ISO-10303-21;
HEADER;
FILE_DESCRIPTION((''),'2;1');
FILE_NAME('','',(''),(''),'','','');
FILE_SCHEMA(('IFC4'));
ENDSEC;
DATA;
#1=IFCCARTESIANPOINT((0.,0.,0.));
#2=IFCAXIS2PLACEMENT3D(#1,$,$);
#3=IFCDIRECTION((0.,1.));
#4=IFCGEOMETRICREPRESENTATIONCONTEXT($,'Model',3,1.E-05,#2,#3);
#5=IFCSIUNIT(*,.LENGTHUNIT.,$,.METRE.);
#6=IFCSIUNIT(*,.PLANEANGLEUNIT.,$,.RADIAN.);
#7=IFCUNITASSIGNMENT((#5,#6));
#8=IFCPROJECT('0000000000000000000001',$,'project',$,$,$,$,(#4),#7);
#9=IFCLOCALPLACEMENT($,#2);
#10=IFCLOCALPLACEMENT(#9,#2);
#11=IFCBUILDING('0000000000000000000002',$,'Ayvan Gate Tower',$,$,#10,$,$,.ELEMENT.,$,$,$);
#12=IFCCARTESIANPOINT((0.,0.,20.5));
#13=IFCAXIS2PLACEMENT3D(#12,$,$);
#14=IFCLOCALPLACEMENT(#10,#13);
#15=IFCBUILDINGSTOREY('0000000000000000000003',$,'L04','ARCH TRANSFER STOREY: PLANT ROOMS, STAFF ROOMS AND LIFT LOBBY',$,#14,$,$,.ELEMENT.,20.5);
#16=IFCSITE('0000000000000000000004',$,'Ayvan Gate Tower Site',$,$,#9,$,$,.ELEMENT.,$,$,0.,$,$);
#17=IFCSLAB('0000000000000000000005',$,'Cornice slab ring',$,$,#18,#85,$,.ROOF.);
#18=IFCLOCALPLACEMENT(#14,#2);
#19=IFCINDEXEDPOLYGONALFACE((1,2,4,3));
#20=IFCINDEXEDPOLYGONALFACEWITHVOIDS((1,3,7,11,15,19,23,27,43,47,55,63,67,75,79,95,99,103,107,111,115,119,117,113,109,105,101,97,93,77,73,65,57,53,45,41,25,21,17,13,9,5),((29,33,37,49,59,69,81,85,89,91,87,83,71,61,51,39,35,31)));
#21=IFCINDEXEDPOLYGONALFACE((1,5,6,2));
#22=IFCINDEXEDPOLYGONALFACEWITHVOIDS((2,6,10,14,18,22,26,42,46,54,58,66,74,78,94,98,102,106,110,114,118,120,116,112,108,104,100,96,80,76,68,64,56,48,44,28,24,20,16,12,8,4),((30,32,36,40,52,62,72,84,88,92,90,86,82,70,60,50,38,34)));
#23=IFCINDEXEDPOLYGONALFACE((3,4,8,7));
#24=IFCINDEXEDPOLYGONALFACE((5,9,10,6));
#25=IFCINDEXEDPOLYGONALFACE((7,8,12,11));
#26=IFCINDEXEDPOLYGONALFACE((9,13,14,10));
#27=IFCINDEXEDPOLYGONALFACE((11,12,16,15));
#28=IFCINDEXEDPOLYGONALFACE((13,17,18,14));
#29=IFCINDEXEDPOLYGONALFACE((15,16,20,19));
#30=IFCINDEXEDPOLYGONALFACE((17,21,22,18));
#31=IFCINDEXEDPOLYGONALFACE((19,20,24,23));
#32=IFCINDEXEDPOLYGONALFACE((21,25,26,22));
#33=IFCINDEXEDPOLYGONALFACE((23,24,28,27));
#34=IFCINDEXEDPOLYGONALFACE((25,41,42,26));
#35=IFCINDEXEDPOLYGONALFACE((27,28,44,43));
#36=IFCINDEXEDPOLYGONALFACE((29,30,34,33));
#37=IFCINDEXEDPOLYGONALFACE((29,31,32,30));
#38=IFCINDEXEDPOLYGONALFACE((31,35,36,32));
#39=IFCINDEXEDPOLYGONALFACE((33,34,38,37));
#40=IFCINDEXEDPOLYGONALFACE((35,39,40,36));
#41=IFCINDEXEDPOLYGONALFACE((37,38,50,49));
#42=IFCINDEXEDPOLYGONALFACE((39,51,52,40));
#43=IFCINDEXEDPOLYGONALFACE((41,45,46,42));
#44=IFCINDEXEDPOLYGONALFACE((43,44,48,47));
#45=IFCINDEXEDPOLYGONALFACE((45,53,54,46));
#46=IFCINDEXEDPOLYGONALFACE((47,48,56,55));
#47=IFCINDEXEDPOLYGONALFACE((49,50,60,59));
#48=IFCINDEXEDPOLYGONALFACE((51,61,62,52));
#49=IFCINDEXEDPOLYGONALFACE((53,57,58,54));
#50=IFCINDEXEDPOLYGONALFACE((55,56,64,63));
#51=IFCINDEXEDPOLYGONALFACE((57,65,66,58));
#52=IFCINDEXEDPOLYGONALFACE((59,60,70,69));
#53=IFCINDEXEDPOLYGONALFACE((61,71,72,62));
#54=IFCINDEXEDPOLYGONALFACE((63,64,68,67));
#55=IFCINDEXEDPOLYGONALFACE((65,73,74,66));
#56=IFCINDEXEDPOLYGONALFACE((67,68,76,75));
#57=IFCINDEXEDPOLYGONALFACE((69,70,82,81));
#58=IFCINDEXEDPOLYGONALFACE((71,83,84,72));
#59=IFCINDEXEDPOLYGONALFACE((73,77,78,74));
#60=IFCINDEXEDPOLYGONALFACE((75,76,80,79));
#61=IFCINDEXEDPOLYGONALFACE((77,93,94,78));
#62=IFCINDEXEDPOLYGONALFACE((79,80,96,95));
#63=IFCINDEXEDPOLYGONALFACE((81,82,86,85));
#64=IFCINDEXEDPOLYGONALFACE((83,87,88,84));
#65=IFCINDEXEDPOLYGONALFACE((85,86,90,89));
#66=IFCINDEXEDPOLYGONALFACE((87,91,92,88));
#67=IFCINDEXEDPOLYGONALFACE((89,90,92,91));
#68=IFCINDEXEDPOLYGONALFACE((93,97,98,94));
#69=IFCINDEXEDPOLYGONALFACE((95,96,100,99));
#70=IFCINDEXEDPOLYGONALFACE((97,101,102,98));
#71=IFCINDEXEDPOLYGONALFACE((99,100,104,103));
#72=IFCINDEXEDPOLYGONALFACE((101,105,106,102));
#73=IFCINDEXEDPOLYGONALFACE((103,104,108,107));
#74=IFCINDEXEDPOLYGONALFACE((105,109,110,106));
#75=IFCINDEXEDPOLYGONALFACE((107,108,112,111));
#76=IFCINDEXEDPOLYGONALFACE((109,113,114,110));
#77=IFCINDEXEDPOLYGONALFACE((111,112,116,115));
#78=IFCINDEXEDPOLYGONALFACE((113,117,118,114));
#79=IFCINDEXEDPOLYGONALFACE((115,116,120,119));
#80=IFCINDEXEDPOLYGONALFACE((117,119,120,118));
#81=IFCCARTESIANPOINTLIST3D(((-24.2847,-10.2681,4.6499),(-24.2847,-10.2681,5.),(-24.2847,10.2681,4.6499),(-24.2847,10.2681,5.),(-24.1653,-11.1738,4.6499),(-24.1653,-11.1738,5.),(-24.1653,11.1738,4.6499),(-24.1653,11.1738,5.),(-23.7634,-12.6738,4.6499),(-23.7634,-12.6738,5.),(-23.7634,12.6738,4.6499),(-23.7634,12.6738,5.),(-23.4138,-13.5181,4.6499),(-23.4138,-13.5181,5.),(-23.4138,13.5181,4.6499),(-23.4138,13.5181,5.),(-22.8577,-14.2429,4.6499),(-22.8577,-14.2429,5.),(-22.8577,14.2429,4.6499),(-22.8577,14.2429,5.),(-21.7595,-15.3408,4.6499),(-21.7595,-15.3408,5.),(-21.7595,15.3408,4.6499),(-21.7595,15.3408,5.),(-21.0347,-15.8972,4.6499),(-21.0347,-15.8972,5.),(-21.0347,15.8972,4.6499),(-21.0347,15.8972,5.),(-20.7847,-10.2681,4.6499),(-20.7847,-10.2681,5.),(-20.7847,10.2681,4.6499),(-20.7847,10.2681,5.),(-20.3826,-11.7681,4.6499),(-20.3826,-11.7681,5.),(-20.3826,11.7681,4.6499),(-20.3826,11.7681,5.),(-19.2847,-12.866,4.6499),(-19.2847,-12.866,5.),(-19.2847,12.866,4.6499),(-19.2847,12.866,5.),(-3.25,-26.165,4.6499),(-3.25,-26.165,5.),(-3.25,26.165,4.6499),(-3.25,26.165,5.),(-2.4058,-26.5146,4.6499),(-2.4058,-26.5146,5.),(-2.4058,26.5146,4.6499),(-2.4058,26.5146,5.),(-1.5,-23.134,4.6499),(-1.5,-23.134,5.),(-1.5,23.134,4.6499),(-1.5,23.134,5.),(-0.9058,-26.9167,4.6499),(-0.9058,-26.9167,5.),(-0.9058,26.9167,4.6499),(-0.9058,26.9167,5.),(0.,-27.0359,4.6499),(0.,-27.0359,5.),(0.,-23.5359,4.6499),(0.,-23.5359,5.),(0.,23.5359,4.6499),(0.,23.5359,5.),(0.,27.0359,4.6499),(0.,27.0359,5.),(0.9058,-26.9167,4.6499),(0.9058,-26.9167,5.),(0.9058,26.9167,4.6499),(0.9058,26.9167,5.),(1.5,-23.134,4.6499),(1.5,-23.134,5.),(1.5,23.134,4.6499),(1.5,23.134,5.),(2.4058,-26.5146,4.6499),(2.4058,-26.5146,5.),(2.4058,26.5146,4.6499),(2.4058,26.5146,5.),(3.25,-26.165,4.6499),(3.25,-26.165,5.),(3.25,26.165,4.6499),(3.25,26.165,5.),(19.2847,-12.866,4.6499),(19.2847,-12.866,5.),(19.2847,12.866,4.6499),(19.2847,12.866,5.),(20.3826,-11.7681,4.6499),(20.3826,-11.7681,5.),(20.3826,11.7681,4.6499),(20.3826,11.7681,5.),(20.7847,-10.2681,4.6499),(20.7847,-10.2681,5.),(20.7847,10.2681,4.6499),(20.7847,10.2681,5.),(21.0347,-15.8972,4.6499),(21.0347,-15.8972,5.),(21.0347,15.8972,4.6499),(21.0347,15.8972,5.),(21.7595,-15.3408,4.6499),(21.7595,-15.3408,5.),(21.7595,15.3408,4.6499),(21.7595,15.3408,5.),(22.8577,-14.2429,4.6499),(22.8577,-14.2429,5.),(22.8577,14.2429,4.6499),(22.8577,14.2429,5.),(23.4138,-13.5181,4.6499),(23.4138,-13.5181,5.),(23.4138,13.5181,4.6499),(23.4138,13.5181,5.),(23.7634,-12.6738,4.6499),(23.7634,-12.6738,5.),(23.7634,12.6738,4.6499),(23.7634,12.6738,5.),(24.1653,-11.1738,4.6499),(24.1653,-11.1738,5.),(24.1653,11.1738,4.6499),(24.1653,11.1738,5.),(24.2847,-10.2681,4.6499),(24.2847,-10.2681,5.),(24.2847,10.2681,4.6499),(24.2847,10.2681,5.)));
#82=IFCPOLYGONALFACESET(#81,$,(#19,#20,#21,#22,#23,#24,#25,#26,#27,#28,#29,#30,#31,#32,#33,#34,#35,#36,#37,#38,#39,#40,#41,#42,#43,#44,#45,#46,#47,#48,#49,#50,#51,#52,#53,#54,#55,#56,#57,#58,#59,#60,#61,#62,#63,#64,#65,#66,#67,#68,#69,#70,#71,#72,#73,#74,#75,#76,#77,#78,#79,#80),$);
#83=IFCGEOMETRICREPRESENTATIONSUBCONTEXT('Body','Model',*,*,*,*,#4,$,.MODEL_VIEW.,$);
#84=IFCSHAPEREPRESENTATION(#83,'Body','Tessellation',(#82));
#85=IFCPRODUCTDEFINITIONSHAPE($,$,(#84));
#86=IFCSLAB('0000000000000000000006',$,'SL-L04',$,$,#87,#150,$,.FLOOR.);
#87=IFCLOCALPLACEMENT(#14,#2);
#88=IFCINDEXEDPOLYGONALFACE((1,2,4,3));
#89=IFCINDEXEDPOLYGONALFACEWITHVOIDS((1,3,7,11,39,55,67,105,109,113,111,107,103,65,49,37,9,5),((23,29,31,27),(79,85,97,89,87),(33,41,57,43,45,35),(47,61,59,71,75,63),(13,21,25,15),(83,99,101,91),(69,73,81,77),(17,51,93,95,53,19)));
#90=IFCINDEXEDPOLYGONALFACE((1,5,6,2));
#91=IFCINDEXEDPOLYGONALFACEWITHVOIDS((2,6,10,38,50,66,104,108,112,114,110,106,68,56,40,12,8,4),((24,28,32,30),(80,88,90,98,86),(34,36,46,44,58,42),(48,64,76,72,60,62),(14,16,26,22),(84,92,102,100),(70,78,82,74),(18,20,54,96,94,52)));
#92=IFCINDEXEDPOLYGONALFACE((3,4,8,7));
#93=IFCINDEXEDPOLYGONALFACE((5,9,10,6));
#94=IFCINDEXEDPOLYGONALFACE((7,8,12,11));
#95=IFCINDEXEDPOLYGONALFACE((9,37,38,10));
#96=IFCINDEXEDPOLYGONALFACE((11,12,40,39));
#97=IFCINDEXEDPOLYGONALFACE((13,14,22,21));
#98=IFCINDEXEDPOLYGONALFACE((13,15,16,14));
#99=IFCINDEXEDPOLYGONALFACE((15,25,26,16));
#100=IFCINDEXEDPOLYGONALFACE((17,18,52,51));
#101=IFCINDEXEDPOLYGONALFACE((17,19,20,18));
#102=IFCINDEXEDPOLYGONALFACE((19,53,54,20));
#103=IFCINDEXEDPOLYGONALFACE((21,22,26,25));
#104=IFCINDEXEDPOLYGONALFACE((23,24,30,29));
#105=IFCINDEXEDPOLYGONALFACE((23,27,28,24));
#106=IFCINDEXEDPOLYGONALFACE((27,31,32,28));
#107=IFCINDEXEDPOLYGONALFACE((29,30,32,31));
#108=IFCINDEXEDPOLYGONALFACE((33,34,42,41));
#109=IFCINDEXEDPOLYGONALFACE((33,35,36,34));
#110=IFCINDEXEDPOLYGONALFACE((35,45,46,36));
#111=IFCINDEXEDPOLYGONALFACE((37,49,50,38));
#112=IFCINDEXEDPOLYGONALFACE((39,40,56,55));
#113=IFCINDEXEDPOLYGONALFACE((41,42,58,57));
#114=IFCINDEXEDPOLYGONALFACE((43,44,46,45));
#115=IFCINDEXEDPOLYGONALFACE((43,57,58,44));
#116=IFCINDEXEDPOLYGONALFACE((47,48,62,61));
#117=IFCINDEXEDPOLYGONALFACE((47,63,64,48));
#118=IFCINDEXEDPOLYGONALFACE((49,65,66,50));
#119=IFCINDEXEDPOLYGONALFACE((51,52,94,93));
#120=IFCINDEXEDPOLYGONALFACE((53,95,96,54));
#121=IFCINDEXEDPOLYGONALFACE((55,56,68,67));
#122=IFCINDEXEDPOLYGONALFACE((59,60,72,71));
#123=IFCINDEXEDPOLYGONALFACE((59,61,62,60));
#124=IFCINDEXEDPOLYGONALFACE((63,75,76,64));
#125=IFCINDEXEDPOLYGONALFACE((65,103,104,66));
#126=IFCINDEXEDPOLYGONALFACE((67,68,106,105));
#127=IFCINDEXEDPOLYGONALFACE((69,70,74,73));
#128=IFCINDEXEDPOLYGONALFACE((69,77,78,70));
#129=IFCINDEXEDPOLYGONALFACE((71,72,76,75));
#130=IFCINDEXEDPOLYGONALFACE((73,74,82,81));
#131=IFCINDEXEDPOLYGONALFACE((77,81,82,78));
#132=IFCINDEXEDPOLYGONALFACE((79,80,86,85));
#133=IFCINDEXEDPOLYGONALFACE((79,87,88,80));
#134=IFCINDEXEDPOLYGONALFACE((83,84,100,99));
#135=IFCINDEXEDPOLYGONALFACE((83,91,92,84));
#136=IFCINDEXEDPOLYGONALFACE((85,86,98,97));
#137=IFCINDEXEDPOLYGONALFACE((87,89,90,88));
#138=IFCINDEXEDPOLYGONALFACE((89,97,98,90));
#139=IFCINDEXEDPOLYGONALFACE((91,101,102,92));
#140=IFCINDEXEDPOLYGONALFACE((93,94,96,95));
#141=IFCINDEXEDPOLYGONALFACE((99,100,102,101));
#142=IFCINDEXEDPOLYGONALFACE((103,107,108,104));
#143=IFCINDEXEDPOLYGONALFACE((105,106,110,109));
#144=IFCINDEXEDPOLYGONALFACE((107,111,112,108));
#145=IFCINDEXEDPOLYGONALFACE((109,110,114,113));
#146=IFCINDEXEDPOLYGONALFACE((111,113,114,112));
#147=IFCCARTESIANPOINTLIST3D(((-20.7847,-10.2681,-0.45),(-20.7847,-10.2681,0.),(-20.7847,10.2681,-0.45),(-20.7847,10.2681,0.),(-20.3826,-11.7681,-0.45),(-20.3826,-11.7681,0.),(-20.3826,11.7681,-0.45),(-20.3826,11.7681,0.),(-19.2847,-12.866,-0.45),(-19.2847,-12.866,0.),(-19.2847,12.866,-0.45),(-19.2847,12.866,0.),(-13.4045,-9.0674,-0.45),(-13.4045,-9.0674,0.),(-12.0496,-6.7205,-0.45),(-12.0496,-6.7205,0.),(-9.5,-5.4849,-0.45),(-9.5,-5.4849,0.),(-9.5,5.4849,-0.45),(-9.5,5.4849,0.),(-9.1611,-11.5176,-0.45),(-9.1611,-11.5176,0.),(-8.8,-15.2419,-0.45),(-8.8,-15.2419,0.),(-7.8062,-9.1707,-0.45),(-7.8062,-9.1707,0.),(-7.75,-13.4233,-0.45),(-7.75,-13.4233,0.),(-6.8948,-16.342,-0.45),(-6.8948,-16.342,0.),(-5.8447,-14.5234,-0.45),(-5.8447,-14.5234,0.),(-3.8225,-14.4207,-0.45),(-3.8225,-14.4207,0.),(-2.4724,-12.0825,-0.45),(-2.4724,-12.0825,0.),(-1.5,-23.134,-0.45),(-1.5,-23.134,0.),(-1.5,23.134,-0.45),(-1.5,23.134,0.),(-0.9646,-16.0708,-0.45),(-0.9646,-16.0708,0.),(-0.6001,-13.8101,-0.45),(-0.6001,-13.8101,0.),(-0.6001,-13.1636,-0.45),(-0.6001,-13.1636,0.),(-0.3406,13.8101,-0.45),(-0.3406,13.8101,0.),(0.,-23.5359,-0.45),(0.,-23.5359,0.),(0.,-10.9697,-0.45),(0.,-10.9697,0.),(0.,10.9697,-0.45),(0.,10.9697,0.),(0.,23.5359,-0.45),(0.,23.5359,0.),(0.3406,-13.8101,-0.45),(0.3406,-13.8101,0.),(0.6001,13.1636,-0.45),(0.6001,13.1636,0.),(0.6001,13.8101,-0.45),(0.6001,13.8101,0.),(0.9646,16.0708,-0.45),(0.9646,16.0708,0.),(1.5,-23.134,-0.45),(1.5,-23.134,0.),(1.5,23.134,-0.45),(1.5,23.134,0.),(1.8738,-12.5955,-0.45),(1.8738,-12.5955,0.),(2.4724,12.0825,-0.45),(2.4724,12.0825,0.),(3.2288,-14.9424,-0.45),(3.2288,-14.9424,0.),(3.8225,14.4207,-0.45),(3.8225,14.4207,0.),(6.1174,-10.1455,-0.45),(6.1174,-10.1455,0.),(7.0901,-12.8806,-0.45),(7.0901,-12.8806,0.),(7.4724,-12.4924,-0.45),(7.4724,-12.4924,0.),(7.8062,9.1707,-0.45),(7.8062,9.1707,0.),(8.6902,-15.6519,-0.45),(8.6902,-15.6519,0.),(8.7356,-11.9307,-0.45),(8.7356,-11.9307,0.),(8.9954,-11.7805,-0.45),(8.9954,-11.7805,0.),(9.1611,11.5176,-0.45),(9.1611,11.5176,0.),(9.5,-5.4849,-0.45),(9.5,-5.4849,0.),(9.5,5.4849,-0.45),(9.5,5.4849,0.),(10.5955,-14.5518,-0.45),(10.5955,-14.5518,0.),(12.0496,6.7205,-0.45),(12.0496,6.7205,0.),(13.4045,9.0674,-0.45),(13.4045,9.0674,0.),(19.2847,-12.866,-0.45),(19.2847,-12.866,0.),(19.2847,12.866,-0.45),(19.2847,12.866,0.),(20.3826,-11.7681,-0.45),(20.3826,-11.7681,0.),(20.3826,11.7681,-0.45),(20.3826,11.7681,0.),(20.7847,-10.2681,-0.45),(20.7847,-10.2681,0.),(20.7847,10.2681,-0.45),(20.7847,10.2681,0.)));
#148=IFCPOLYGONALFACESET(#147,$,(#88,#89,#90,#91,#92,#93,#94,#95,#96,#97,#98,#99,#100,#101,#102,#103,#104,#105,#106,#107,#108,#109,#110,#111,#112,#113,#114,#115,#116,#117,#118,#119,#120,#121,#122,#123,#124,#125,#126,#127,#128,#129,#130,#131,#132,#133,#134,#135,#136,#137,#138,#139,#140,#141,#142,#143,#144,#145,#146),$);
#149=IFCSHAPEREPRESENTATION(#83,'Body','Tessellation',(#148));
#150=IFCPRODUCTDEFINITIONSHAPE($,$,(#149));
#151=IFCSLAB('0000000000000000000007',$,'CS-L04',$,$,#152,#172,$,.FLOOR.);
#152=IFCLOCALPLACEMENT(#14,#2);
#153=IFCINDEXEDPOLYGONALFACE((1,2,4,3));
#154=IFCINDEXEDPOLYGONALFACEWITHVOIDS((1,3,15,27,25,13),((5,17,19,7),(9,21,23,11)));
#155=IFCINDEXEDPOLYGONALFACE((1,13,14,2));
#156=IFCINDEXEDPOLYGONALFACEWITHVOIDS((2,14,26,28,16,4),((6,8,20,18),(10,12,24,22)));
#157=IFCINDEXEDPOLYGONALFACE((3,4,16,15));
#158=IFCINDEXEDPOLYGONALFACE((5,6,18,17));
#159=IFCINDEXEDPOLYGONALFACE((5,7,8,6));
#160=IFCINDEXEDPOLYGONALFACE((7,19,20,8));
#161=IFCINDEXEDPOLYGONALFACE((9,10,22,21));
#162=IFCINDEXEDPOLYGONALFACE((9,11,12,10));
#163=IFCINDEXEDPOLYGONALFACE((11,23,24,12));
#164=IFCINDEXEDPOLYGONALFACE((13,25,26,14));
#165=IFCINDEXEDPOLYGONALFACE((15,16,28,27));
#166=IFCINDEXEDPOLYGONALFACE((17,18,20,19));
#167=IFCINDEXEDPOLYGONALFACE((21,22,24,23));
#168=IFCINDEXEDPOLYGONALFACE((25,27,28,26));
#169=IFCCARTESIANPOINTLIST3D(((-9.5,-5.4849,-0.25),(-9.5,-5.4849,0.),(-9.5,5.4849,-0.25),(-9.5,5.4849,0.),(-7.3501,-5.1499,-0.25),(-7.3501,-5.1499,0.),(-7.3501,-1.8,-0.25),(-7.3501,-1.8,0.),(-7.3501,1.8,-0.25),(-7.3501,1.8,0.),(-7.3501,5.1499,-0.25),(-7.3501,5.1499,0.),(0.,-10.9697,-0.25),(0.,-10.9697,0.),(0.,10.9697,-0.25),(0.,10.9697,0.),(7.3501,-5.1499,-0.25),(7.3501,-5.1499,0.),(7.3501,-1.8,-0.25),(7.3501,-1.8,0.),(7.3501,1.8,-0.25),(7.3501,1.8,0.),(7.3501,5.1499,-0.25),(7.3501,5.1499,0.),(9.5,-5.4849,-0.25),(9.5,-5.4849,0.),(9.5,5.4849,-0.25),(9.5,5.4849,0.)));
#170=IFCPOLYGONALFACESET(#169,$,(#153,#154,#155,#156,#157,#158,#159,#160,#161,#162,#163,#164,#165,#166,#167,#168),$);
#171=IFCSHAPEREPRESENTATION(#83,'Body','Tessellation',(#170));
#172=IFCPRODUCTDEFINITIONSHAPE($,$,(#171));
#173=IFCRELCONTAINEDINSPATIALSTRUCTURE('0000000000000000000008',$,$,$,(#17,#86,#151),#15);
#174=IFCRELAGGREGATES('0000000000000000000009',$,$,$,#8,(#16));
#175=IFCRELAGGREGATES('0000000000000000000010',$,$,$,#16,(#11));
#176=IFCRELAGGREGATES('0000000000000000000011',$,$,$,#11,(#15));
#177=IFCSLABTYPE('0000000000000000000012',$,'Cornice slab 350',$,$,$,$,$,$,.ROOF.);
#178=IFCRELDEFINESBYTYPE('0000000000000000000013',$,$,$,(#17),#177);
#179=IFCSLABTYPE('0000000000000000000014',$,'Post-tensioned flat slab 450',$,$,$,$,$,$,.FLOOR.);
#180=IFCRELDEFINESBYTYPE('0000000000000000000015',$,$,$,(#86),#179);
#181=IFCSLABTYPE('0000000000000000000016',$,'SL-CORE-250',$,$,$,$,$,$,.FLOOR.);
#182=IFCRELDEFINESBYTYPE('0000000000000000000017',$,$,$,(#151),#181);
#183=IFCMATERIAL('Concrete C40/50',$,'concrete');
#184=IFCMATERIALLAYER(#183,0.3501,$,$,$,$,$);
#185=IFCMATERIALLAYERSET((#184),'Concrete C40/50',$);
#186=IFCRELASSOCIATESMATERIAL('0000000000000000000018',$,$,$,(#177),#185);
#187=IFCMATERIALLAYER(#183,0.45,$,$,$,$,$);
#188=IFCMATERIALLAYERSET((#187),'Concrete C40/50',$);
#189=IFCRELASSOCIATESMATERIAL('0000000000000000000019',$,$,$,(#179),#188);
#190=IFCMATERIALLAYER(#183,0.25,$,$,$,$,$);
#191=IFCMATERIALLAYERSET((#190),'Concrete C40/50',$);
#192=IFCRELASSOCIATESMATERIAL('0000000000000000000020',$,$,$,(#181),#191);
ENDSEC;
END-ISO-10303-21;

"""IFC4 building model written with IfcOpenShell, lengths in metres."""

from ifc_helpers import new_model, si_unit, direction, frame, origin, place, context, subcontext, project, spatial, polyline, outline, extrude, material, layer, layer_set, type_object, element, save


model = new_model("IFC4")

# Units and contexts
model_context = context("Model", 3, precision=1e-05, world=origin(), true_north=direction((0.0, 1.0)))
body_context = subcontext(model_context, "Body", "Model", "MODEL_VIEW")
ifc_project = project(units=[si_unit("LENGTHUNIT", "METRE"), si_unit("PLANEANGLEUNIT", "RADIAN")], contexts=[model_context])

# Site, building, storey
site_placement = place(None, origin())
site = spatial("IfcSite", under=ifc_project, at=site_placement, Name="Ayvan Gate Tower Site", CompositionType="ELEMENT", RefElevation=0.0)
building_placement = place(site_placement, origin())
building = spatial("IfcBuilding", under=site, at=building_placement, Name="Ayvan Gate Tower", CompositionType="ELEMENT")
storey_placement = place(building_placement, frame((0.0, 0.0, 20.5)))
storey = spatial("IfcBuildingStorey", under=building, at=storey_placement, Name="L04", Description="ARCH TRANSFER STOREY: PLANT ROOMS, STAFF ROOMS AND LIFT LOBBY", CompositionType="ELEMENT", Elevation=20.5)

# Slabs
ifc_material_1 = material(Name="Concrete C40/50", Category="concrete")
ifc_layer_1 = layer(ifc_material_1, 0.3501)
ifc_layer_set_1 = layer_set([ifc_layer_1], Name="Concrete C40/50")
slab_type_1 = type_object("IfcSlabType", Name="Cornice slab 350", PredefinedType="ROOF", material=ifc_layer_set_1)
slab_1_placement = place(storey_placement, frame((0.0, 0.0, 4.6499)))
element("IfcSlab", 1, at=slab_1_placement, inside=storey, type_object=slab_type_1, Name="Cornice slab ring", PredefinedType="ROOF", context=body_context, shape_type="SweptSolid", body=[
    extrude(outline(polyline([(21.0347, 15.8972), (3.25, 26.165), (2.4058, 26.5146), (0.9058, 26.9167), (0.0, 27.0359), (-0.9058, 26.9167), (-2.4058, 26.5146), (-3.25, 26.165), (-21.0347, 15.8972), (-21.7595, 15.3408), (-22.8577, 14.2429), (-23.4138, 13.5181), (-23.7634, 12.6738), (-24.1653, 11.1738), (-24.2847, 10.2681), (-24.2847, -10.2681), (-24.1653, -11.1738), (-23.7634, -12.6738), (-23.4138, -13.5181), (-22.8577, -14.2429), (-21.7595, -15.3408), (-21.0347, -15.8972), (-3.25, -26.165), (-2.4058, -26.5146), (-0.9058, -26.9167), (0.0, -27.0359), (0.9058, -26.9167), (2.4058, -26.5146), (3.25, -26.165), (21.0347, -15.8972), (21.7595, -15.3408), (22.8577, -14.2429), (23.4138, -13.5181), (23.7634, -12.6738), (24.1653, -11.1738), (24.2847, -10.2681), (24.2847, 10.2681), (24.1653, 11.1738), (23.7634, 12.6738), (23.4138, 13.5181), (22.8577, 14.2429), (21.7595, 15.3408), (21.0347, 15.8972)]), holes=[polyline([(1.5, 23.134), (0.0, 23.5359), (-1.5, 23.134), (-19.2847, 12.866), (-20.3826, 11.7681), (-20.7847, 10.2681), (-20.7847, -10.2681), (-20.3826, -11.7681), (-19.2847, -12.866), (-1.5, -23.134), (0.0, -23.5359), (1.5, -23.134), (19.2847, -12.866), (20.3826, -11.7681), (20.7847, -10.2681), (20.7847, 10.2681), (20.3826, 11.7681), (19.2847, 12.866), (1.5, 23.134)])]), origin(), (0.0, 0.0, 1.0), 0.3501),
])
ifc_layer_2 = layer(ifc_material_1, 0.45)
ifc_layer_set_2 = layer_set([ifc_layer_2], Name="Concrete C40/50")
slab_type_2 = type_object("IfcSlabType", Name="Post-tensioned flat slab 450", PredefinedType="FLOOR", material=ifc_layer_set_2)
slab_2_placement = place(storey_placement, frame((0.0, 0.0, -0.45)))
element("IfcSlab", 2, at=slab_2_placement, inside=storey, type_object=slab_type_2, Name="SL-L04", PredefinedType="FLOOR", context=body_context, shape_type="SweptSolid", body=[
    extrude(outline(polyline([(-1.5, -23.134), (-19.2847, -12.866), (-20.3826, -11.7681), (-20.7847, -10.2681), (-20.7847, 10.2681), (-20.3826, 11.7681), (-19.2847, 12.866), (-1.5, 23.134), (0.0, 23.5359), (1.5, 23.134), (19.2847, 12.866), (20.3826, 11.7681), (20.7847, 10.2681), (20.7847, -10.2681), (20.3826, -11.7681), (19.2847, -12.866), (1.5, -23.134), (0.0, -23.5359), (-1.5, -23.134)]), holes=[polyline([(9.1611, 11.5176), (7.8062, 9.1707), (12.0496, 6.7205), (13.4045, 9.0674), (9.1611, 11.5176)]), polyline([(8.9954, -11.7805), (8.7356, -11.9307), (7.0901, -12.8806), (8.6902, -15.6519), (10.5955, -14.5518), (8.9954, -11.7805)]), polyline([(-9.5, 5.4849), (-9.5, -5.4849), (0.0, -10.9697), (9.5, -5.4849), (9.5, 5.4849), (0.0, 10.9697), (-9.5, 5.4849)]), polyline([(7.4724, -12.4924), (6.1174, -10.1455), (1.8738, -12.5955), (3.2288, -14.9424), (7.4724, -12.4924)]), polyline([(3.8225, 14.4207), (0.9646, 16.0708), (-0.3406, 13.8101), (0.6001, 13.8101), (0.6001, 13.1636), (2.4724, 12.0825), (3.8225, 14.4207)]), polyline([(-0.6001, -13.8101), (-0.6001, -13.1636), (-2.4724, -12.0825), (-3.8225, -14.4207), (-0.9646, -16.0708), (0.3406, -13.8101), (-0.6001, -13.8101)]), polyline([(-8.8, -15.2419), (-6.8948, -16.342), (-5.8447, -14.5234), (-7.75, -13.4233), (-8.8, -15.2419)]), polyline([(-12.0496, -6.7205), (-13.4045, -9.0674), (-9.1611, -11.5176), (-7.8062, -9.1707), (-12.0496, -6.7205)])]), origin(), (0.0, 0.0, 1.0), 0.45),
])
ifc_layer_3 = layer(ifc_material_1, 0.25)
ifc_layer_set_3 = layer_set([ifc_layer_3], Name="Concrete C40/50")
slab_type_3 = type_object("IfcSlabType", Name="SL-CORE-250", PredefinedType="FLOOR", material=ifc_layer_set_3)
slab_3_placement = place(storey_placement, frame((0.0, 0.0, -0.25)))
element("IfcSlab", 3, at=slab_3_placement, inside=storey, type_object=slab_type_3, Name="CS-L04", PredefinedType="FLOOR", context=body_context, shape_type="SweptSolid", body=[
    extrude(outline(polyline([(9.5, -5.4849), (0.0, -10.9697), (-9.5, -5.4849), (-9.5, 5.4849), (0.0, 10.9697), (9.5, 5.4849), (9.5, -5.4849)]), holes=[polyline([(-7.3501, -1.8), (-7.3501, -5.1499), (7.3501, -5.1499), (7.3501, -1.8), (-7.3501, -1.8)]), polyline([(-7.3501, 5.1499), (-7.3501, 1.8), (7.3501, 1.8), (7.3501, 5.1499), (-7.3501, 5.1499)])]), origin(), (0.0, 0.0, 1.0), 0.25),
])

save(model, "model.ifc")
